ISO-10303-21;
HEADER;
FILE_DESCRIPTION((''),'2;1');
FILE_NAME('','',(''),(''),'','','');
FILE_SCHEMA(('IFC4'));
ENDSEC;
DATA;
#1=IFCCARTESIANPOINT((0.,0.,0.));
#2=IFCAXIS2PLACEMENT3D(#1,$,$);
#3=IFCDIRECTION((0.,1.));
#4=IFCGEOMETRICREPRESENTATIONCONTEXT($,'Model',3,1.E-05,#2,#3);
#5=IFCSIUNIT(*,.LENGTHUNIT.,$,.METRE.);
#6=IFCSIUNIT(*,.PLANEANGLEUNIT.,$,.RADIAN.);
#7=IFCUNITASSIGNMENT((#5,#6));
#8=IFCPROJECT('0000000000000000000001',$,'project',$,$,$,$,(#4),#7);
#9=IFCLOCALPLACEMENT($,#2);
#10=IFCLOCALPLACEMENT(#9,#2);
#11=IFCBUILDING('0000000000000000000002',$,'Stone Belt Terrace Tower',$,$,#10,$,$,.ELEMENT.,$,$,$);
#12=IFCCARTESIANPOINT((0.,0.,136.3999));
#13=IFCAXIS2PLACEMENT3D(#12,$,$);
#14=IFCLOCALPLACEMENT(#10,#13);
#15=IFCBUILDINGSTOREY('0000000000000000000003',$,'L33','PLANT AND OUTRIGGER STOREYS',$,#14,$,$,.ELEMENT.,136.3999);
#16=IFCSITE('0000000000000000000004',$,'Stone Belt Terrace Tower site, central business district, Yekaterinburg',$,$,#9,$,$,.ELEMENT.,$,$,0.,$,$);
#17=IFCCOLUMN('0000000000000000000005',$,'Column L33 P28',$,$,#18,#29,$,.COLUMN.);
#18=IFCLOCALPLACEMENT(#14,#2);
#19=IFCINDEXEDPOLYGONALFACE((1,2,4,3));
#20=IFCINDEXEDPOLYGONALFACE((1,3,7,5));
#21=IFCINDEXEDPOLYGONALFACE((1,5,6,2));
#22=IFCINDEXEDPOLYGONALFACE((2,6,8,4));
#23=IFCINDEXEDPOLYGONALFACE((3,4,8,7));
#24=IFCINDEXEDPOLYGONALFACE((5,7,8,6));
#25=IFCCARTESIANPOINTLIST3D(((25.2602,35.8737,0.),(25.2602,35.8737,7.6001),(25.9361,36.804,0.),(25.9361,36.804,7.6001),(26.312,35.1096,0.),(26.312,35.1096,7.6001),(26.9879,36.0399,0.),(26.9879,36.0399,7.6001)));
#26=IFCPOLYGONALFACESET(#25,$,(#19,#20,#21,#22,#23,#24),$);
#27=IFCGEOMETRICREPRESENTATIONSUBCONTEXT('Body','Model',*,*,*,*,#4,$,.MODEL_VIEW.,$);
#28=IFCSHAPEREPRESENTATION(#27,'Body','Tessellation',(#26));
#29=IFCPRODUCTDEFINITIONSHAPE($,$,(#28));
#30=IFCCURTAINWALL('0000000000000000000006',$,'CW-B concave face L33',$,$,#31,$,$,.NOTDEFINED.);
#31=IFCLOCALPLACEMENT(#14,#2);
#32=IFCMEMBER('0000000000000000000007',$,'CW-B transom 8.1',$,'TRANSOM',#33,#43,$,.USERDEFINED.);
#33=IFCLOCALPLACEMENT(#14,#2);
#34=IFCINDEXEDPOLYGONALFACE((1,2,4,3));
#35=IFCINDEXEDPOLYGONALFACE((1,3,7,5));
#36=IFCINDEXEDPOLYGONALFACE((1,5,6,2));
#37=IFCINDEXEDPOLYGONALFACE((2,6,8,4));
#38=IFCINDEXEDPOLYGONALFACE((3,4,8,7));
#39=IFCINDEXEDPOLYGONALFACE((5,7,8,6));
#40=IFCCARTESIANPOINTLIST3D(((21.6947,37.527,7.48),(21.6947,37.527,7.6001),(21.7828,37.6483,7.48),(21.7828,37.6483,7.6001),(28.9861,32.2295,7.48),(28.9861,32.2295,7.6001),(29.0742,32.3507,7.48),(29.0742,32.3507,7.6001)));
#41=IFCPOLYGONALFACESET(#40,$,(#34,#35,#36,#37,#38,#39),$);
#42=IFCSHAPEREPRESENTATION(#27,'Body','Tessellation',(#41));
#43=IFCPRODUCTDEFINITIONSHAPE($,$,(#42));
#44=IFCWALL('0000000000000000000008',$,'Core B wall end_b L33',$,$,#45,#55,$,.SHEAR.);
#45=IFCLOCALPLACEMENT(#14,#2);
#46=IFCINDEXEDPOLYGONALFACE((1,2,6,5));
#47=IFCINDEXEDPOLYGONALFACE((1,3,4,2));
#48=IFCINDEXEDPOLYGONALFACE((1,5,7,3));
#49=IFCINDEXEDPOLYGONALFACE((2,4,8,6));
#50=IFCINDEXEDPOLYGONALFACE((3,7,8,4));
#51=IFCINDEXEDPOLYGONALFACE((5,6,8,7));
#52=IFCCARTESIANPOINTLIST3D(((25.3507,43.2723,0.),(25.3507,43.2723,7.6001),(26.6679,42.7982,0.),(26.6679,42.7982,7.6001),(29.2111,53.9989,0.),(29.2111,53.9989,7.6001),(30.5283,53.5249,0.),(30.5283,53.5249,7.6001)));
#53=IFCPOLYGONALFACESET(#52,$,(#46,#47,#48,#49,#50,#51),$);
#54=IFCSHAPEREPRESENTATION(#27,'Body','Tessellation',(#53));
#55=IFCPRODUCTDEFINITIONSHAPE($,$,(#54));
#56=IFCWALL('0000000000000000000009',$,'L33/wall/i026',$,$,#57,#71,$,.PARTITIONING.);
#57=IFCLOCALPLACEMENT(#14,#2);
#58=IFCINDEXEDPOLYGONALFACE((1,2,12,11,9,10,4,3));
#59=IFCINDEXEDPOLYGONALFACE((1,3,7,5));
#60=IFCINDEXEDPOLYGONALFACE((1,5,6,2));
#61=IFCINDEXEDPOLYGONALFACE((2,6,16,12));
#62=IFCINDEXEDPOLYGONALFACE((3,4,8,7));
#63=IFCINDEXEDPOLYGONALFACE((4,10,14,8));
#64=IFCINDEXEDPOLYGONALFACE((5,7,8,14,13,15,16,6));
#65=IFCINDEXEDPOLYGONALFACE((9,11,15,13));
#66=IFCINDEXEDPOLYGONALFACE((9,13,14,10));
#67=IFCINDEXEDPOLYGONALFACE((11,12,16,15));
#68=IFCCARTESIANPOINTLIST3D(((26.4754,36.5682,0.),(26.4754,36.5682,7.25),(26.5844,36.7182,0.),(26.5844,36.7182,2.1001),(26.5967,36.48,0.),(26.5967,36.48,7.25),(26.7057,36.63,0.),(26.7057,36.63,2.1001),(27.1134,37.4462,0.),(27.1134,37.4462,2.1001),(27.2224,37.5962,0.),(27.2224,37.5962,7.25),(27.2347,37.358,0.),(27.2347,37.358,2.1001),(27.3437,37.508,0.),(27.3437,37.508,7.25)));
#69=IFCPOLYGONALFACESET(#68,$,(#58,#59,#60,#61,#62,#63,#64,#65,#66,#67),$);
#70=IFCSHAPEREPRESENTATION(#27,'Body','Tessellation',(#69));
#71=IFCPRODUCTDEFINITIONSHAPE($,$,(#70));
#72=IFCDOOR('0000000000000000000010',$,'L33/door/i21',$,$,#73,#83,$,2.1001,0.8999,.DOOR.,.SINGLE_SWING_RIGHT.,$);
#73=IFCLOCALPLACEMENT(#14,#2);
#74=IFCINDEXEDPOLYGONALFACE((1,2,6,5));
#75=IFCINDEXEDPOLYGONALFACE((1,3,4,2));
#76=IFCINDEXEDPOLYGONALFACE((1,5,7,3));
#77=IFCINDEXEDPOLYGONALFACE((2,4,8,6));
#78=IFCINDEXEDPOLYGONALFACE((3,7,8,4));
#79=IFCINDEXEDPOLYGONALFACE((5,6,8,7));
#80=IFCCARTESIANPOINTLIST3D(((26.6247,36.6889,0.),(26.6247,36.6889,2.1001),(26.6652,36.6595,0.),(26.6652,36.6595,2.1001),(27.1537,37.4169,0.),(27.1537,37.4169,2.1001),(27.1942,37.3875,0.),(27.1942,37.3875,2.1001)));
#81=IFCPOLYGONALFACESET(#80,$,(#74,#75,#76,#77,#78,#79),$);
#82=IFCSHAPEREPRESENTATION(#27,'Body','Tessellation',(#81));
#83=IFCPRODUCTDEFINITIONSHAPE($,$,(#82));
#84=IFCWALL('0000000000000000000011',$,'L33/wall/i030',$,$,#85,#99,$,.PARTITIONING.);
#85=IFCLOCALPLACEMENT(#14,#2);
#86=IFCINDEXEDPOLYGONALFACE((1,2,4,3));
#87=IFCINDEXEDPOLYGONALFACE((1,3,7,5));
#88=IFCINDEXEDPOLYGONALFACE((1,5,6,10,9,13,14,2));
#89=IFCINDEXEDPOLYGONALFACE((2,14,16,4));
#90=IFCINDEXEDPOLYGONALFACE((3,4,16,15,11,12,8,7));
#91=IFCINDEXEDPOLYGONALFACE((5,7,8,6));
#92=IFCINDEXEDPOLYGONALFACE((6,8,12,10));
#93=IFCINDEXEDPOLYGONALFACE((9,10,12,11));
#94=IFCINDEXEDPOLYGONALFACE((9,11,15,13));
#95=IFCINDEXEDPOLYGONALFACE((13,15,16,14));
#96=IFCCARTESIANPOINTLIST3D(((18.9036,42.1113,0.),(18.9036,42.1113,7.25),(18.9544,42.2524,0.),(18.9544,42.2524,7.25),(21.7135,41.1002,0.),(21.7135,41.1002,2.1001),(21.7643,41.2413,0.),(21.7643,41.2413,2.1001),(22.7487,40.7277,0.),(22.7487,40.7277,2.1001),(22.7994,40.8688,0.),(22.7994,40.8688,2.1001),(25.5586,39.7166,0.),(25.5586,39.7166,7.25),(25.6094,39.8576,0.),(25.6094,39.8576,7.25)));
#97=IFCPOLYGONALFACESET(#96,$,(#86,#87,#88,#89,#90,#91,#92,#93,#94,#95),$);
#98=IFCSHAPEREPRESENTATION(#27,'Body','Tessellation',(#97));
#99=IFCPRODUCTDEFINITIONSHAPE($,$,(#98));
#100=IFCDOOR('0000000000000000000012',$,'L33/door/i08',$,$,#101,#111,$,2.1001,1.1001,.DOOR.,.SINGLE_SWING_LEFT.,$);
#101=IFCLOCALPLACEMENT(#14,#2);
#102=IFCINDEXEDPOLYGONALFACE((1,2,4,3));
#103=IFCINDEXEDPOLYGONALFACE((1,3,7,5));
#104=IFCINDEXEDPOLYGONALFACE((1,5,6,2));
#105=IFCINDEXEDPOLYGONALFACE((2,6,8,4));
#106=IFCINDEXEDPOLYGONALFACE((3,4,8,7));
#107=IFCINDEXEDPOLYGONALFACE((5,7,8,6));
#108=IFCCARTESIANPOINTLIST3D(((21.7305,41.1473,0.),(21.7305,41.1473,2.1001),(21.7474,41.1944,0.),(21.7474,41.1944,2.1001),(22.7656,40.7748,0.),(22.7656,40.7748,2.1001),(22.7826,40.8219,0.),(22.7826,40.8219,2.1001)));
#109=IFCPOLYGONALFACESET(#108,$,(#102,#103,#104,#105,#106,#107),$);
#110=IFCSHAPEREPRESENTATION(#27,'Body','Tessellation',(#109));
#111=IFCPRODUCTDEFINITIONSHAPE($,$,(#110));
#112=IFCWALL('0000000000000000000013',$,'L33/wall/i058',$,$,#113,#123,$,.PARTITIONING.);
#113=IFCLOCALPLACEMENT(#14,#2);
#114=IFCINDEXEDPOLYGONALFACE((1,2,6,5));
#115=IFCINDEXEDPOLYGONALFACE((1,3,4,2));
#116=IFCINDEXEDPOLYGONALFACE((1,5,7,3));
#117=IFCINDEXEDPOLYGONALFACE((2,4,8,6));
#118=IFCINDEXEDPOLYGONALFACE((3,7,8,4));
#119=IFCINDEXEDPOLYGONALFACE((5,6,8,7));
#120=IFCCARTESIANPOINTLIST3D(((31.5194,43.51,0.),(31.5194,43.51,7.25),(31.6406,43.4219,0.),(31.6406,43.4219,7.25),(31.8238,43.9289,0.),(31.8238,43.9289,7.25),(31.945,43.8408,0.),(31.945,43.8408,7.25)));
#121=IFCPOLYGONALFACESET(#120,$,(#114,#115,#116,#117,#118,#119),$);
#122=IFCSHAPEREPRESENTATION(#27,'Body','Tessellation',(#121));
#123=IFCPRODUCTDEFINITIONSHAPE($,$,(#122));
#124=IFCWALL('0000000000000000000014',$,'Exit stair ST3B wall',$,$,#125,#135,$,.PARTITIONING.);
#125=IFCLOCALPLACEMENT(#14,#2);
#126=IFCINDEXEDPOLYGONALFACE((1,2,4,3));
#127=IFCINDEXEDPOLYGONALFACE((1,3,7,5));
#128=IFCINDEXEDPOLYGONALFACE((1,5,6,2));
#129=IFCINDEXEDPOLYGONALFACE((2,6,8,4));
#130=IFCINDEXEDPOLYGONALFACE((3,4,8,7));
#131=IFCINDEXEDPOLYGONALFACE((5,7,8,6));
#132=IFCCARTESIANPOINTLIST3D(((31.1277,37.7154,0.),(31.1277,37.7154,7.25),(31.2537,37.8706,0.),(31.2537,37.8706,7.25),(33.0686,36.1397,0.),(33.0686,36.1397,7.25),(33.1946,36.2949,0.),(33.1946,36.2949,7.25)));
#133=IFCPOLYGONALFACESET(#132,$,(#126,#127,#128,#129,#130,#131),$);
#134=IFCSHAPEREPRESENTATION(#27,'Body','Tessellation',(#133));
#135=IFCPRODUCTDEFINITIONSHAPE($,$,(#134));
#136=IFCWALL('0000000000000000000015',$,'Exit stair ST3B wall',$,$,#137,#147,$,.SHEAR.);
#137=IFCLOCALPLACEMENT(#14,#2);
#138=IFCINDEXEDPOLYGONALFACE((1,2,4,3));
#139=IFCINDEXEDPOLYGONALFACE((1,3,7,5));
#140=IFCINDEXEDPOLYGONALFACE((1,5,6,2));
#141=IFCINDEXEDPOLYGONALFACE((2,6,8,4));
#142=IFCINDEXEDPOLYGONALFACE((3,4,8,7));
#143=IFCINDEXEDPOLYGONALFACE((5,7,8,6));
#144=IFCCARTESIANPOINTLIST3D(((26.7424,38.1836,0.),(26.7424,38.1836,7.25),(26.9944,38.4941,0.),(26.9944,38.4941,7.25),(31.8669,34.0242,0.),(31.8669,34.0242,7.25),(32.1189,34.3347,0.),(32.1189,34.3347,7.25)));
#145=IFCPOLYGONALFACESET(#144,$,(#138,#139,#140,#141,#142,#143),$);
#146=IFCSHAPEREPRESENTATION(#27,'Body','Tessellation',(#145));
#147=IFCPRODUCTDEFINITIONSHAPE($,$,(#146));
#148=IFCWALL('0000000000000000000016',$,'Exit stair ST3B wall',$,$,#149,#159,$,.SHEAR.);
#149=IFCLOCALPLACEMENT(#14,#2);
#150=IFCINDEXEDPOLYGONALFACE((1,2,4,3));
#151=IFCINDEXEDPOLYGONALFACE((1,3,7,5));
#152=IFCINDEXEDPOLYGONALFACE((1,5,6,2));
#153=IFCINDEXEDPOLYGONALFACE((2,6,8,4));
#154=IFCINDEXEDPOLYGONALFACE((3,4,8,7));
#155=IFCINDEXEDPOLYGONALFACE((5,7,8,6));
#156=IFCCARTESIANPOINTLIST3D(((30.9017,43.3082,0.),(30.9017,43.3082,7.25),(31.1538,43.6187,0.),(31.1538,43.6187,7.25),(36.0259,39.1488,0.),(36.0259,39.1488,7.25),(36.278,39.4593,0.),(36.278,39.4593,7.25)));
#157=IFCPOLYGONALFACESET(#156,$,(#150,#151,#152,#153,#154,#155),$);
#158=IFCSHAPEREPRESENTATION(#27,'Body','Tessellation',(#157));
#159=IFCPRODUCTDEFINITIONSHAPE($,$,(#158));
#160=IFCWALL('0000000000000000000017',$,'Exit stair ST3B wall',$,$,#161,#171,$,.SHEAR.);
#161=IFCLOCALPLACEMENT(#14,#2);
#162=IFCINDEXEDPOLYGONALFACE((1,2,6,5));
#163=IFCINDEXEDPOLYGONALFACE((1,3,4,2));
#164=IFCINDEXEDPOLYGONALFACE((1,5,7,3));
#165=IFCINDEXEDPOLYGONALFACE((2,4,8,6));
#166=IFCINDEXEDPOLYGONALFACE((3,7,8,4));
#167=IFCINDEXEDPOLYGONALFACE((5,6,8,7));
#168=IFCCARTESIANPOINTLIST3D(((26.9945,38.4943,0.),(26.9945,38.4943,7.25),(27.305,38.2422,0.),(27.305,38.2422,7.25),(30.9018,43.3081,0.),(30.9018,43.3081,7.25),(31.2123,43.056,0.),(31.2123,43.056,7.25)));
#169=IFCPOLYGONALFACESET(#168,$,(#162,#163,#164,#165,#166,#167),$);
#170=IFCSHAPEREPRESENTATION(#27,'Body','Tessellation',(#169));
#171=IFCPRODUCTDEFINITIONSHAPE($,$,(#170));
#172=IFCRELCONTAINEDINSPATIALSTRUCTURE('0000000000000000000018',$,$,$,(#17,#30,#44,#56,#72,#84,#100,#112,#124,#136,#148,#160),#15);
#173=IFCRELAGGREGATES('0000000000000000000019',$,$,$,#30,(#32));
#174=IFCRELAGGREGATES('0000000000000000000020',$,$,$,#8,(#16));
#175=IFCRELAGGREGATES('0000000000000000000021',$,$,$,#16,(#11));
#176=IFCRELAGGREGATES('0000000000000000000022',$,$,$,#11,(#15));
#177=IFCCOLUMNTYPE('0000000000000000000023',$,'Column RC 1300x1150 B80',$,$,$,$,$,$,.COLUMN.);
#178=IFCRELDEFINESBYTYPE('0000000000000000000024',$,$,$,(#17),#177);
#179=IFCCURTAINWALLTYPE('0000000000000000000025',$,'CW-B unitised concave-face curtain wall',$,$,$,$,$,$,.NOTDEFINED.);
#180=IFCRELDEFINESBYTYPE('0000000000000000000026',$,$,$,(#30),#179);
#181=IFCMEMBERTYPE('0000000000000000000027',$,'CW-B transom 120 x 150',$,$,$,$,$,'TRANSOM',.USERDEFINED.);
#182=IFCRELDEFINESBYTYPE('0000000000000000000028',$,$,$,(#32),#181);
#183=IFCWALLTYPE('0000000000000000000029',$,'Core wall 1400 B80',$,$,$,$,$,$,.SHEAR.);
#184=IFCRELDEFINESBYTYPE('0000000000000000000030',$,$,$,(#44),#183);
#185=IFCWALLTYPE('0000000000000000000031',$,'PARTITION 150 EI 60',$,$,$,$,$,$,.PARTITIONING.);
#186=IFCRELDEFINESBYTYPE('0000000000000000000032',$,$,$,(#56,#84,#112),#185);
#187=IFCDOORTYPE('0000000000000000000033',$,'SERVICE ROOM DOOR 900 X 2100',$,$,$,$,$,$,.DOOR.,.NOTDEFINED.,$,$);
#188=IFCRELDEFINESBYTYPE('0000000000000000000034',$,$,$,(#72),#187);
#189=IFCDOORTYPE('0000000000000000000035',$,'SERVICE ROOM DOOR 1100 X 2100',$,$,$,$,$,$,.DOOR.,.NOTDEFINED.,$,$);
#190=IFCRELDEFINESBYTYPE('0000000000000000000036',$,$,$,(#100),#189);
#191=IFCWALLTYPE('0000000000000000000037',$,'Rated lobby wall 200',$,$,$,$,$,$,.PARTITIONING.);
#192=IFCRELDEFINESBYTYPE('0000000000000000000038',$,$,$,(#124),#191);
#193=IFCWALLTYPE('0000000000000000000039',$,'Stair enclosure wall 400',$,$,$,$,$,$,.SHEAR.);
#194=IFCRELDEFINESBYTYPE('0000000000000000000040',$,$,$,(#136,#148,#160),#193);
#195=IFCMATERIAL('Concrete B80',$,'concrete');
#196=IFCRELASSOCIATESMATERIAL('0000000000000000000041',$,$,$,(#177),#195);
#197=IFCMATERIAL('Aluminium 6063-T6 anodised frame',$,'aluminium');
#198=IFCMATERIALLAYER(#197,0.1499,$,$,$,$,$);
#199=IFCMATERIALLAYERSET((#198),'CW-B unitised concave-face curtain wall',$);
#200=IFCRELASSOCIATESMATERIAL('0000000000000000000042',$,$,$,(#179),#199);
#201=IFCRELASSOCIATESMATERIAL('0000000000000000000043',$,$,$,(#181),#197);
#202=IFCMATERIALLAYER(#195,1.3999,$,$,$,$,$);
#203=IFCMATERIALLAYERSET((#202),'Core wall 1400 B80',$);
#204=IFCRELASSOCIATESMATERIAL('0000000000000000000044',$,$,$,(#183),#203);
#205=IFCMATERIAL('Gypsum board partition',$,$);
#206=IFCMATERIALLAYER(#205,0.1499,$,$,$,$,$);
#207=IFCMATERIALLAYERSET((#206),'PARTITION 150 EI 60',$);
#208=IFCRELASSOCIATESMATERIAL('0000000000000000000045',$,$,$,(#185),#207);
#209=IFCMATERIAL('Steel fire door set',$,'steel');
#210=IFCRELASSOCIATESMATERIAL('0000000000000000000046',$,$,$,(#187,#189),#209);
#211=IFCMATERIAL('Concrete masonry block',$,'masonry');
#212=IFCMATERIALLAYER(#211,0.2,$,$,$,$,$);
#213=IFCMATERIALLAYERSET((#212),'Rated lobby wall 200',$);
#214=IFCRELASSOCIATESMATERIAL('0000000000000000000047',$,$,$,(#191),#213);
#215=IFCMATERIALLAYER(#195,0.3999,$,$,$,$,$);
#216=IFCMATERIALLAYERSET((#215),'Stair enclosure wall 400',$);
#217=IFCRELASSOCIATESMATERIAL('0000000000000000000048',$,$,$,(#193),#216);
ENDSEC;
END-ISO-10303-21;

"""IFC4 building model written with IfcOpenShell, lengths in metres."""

from ifc_helpers import new_model, si_unit, direction, frame, frame_2d, origin, origin_2d, place, context, subcontext, project, spatial, rectangle, extrude, material, layer, layer_set, material_profile, profile_set, type_object, element, fill, aggregate, save


model = new_model("IFC4")

# Units and contexts
model_context = context("Model", 3, precision=1e-05, world=origin(), true_north=direction((0.0, 1.0)))
body_context = subcontext(model_context, "Body", "Model", "MODEL_VIEW")
ifc_project = project(units=[si_unit("LENGTHUNIT", "METRE"), si_unit("PLANEANGLEUNIT", "RADIAN")], contexts=[model_context])

# Site, building, storey
site_placement = place(None, origin())
site = spatial("IfcSite", under=ifc_project, at=site_placement, Name="Stone Belt Terrace Tower site, central business district, Yekaterinburg", CompositionType="ELEMENT", RefElevation=0.0)
building_placement = place(site_placement, origin())
building = spatial("IfcBuilding", under=site, at=building_placement, Name="Stone Belt Terrace Tower", CompositionType="ELEMENT")
storey_placement = place(building_placement, frame((0.0, 0.0, 136.3999)))
storey = spatial("IfcBuildingStorey", under=building, at=storey_placement, Name="L33", Description="PLANT AND OUTRIGGER STOREYS", CompositionType="ELEMENT", Elevation=136.3999)

# Column
ifc_material_1 = material(Name="Concrete B80", Category="concrete")
ifc_material_profile_1 = material_profile(ifc_material_1, rectangle(XDim=1.3, YDim=1.1499, at=origin_2d()), Name="RC 1300x1150")
ifc_profile_set_1 = profile_set([ifc_material_profile_1], Name="Concrete B80")
column_type = type_object("IfcColumnType", Name="Column RC 1300x1150 B80", PredefinedType="COLUMN", material=ifc_profile_set_1)
column_placement = place(storey_placement, frame((26.124, 35.9568, 0.0), z_axis=(0.0, 0.0, 1.0), x_axis=(0.809017, -0.587785, 0.0)))
element("IfcColumn", 1, at=column_placement, inside=storey, type_object=column_type, Name="Column L33 P28", PredefinedType="COLUMN", context=body_context, shape_type="SweptSolid", body=[
    extrude(rectangle(XDim=1.3, YDim=1.1499, at=origin_2d()), origin(), (0.0, 0.0, 1.0), 7.6001),
])

# Curtain wall, member
ifc_material_2 = material(Name="Aluminium 6063-T6 anodised frame", Category="aluminium")
ifc_layer_1 = layer(ifc_material_2, 0.1499)
ifc_layer_set_1 = layer_set([ifc_layer_1], Name="CW-B unitised concave-face curtain wall")
curtain_wall_type = type_object("IfcCurtainWallType", Name="CW-B unitised concave-face curtain wall", PredefinedType="NOTDEFINED", material=ifc_layer_set_1)
curtain_wall_placement = place(storey_placement, origin())
curtain_wall = element("IfcCurtainWall", 2, at=curtain_wall_placement, inside=storey, type_object=curtain_wall_type, Name="CW-B concave face L33", PredefinedType="NOTDEFINED")
ifc_material_profile_2 = material_profile(ifc_material_2, rectangle(XDim=0.1499, YDim=0.1201, at=origin_2d()), Name="Aluminium 6063-T6 150x120")
ifc_profile_set_2 = profile_set([ifc_material_profile_2], Name="Aluminium 6063-T6 anodised frame")
member_type = type_object("IfcMemberType", Name="CW-B transom 120 x 150", ElementType="TRANSOM", PredefinedType="USERDEFINED", material=ifc_profile_set_2)
member_placement = place(storey_placement, frame((21.7388, 37.5876, 7.54), z_axis=(0.809016, -0.587787, 0.0), x_axis=(0.587787, 0.809016, 0.0)))
member = element("IfcMember", 3, at=member_placement, type_object=member_type, Name="CW-B transom 8.1", ObjectType="TRANSOM", PredefinedType="USERDEFINED", context=body_context, shape_type="SweptSolid", body=[
    extrude(rectangle(XDim=0.1499, YDim=0.1201, at=origin_2d()), origin(), (0.0, 0.0, 1.0), 9.0127),
])
aggregate(curtain_wall, [member])

# Wall
ifc_layer_2 = layer(ifc_material_1, 1.3999)
ifc_layer_set_2 = layer_set([ifc_layer_2], Name="Core wall 1400 B80")
wall_type_1 = type_object("IfcWallType", Name="Core wall 1400 B80", PredefinedType="SHEAR", material=ifc_layer_set_2)
wall_1_placement = place(storey_placement, frame((26.0093, 43.0352, 0.0), z_axis=(0.0, 0.0, 1.0), x_axis=(0.338625, 0.940921, 0.0)))
element("IfcWall", 4, at=wall_1_placement, inside=storey, type_object=wall_type_1, Name="Core B wall end_b L33", PredefinedType="SHEAR", context=body_context, shape_type="SweptSolid", body=[
    extrude(rectangle(XDim=11.4001, YDim=1.3999, at=frame_2d((5.7002, 0.0))), origin(), (0.0, 0.0, 1.0), 7.6001),
])

# Walls, openings, doors
ifc_material_3 = material(Name="Gypsum board partition")
ifc_layer_3 = layer(ifc_material_3, 0.1499)
ifc_layer_set_3 = layer_set([ifc_layer_3], Name="PARTITION 150 EI 60")
wall_type_2 = type_object("IfcWallType", Name="PARTITION 150 EI 60", PredefinedType="PARTITIONING", material=ifc_layer_set_3)
wall_2_placement = place(storey_placement, frame((27.283, 37.552, 0.0), z_axis=(0.0, 0.0, 1.0), x_axis=(-0.587852, -0.808969, 0.0)))
wall_2 = element("IfcWall", 5, at=wall_2_placement, inside=storey, type_object=wall_type_2, Name="L33/wall/i026", PredefinedType="PARTITIONING", context=body_context, shape_type="SweptSolid", body=[
    extrude(rectangle(XDim=1.2708, YDim=0.1499, at=frame_2d((0.6353, 0.0))), origin(), (0.0, 0.0, 1.0), 7.25),
])
opening_1_placement = place(wall_2_placement, frame((0.1853, 0.0, 0.0)))
opening_1 = element("IfcOpeningElement", 6, at=opening_1_placement, cuts=wall_2, PredefinedType="OPENING", context=body_context, shape_type="SweptSolid", body=[
    extrude(rectangle(XDim=0.8999, YDim=2.1001, at=frame_2d((0.45, 1.05))), frame((0.0, 0.085, 0.0), z_axis=(0.0, -1.0, 0.0), x_axis=(1.0, 0.0, 0.0)), (0.0, 0.0, 1.0), 0.1699),
])
ifc_material_4 = material(Name="Steel fire door set", Category="steel")
door_type_1 = type_object("IfcDoorType", Name="SERVICE ROOM DOOR 900 X 2100", OperationType="NOTDEFINED", PredefinedType="DOOR", material=ifc_material_4)
door_1_placement = place(opening_1_placement, origin())
door_1 = element("IfcDoor", 7, at=door_1_placement, inside=storey, type_object=door_type_1, Name="L33/door/i21", OperationType="SINGLE_SWING_RIGHT", OverallHeight=2.1001, OverallWidth=0.8999, PredefinedType="DOOR", context=body_context, shape_type="SweptSolid", body=[
    extrude(rectangle(XDim=0.8999, YDim=2.1001, at=frame_2d((0.45, 1.05))), frame((0.0, 0.0249, 0.0), z_axis=(0.0, -1.0, 0.0), x_axis=(1.0, 0.0, 0.0)), (0.0, 0.0, 1.0), 0.05),
])
fill(opening_1, door_1)
wall_3_placement = place(storey_placement, frame((25.584, 39.7871, 0.0), z_axis=(0.0, 0.0, 1.0), x_axis=(-0.940934, 0.33859, 0.0)))
wall_3 = element("IfcWall", 8, at=wall_3_placement, inside=storey, type_object=wall_type_2, Name="L33/wall/i030", PredefinedType="PARTITIONING", context=body_context, shape_type="SweptSolid", body=[
    extrude(rectangle(XDim=7.0728, YDim=0.1499, at=frame_2d((3.5364, 0.0))), origin(), (0.0, 0.0, 1.0), 7.25),
])
opening_2_placement = place(wall_3_placement, frame((2.9863, 0.0, 0.0)))
opening_2 = element("IfcOpeningElement", 9, at=opening_2_placement, cuts=wall_3, PredefinedType="OPENING", context=body_context, shape_type="SweptSolid", body=[
    extrude(rectangle(XDim=1.1001, YDim=2.1001, at=frame_2d((0.55, 1.05))), frame((0.0, 0.085, 0.0), z_axis=(0.0, -1.0, 0.0), x_axis=(1.0, 0.0, 0.0)), (0.0, 0.0, 1.0), 0.1699),
])
door_type_2 = type_object("IfcDoorType", Name="SERVICE ROOM DOOR 1100 X 2100", OperationType="NOTDEFINED", PredefinedType="DOOR", material=ifc_material_4)
door_2_placement = place(opening_2_placement, origin())
door_2 = element("IfcDoor", 10, at=door_2_placement, inside=storey, type_object=door_type_2, Name="L33/door/i08", OperationType="SINGLE_SWING_LEFT", OverallHeight=2.1001, OverallWidth=1.1001, PredefinedType="DOOR", context=body_context, shape_type="SweptSolid", body=[
    extrude(rectangle(XDim=1.1001, YDim=2.1001, at=frame_2d((0.55, 1.05))), frame((0.0, 0.0249, 0.0), z_axis=(0.0, -1.0, 0.0), x_axis=(1.0, 0.0, 0.0)), (0.0, 0.0, 1.0), 0.05),
])
fill(opening_2, door_2)

# Walls
wall_4_placement = place(storey_placement, frame((31.5801, 43.4661, 0.0), z_axis=(0.0, 0.0, 1.0), x_axis=(0.587863, 0.80896, 0.0)))
element("IfcWall", 11, at=wall_4_placement, inside=storey, type_object=wall_type_2, Name="L33/wall/i058", PredefinedType="PARTITIONING", context=body_context, shape_type="SweptSolid", body=[
    extrude(rectangle(XDim=0.5178, YDim=0.1499, at=frame_2d((0.2588, 0.0))), origin(), (0.0, 0.0, 1.0), 7.25),
])
ifc_material_5 = material(Name="Concrete masonry block", Category="masonry")
ifc_layer_4 = layer(ifc_material_5, 0.2)
ifc_layer_set_4 = layer_set([ifc_layer_4], Name="Rated lobby wall 200")
wall_type_3 = type_object("IfcWallType", Name="Rated lobby wall 200", PredefinedType="PARTITIONING", material=ifc_layer_set_4)
wall_5_placement = place(storey_placement, frame((31.1907, 37.793, 0.0), z_axis=(0.0, 0.0, 1.0), x_axis=(0.776371, -0.630276, 0.0)))
element("IfcWall", 12, at=wall_5_placement, inside=storey, type_object=wall_type_3, Name="Exit stair ST3B wall", PredefinedType="PARTITIONING", context=body_context, shape_type="SweptSolid", body=[
    extrude(rectangle(XDim=2.5, YDim=0.2, at=frame_2d((1.25, 0.0))), origin(), (0.0, 0.0, 1.0), 7.25),
])
ifc_layer_5 = layer(ifc_material_1, 0.3999)
ifc_layer_set_5 = layer_set([ifc_layer_5], Name="Stair enclosure wall 400")
wall_type_4 = type_object("IfcWallType", Name="Stair enclosure wall 400", PredefinedType="SHEAR", material=ifc_layer_set_5)
wall_6_placement = place(storey_placement, frame((26.8684, 38.3389, 0.0), z_axis=(0.0, 0.0, 1.0), x_axis=(0.776428, -0.630205, 0.0)))
element("IfcWall", 13, at=wall_6_placement, inside=storey, type_object=wall_type_4, Name="Exit stair ST3B wall", PredefinedType="SHEAR", context=body_context, shape_type="SweptSolid", body=[
    extrude(rectangle(XDim=6.6001, YDim=0.3999, at=frame_2d((3.3, 0.0))), origin(), (0.0, 0.0, 1.0), 7.25),
])
wall_7_placement = place(storey_placement, frame((31.0278, 43.4634, 0.0), z_axis=(0.0, 0.0, 1.0), x_axis=(0.776414, -0.630224, 0.0)))
element("IfcWall", 14, at=wall_7_placement, inside=storey, type_object=wall_type_4, Name="Exit stair ST3B wall", PredefinedType="SHEAR", context=body_context, shape_type="SweptSolid", body=[
    extrude(rectangle(XDim=6.5999, YDim=0.3999, at=frame_2d((3.2998, 0.0))), origin(), (0.0, 0.0, 1.0), 7.25),
])
wall_8_placement = place(storey_placement, frame((27.1497, 38.3682, 0.0), z_axis=(0.0, 0.0, 1.0), x_axis=(0.630212, 0.776423, 0.0)))
element("IfcWall", 15, at=wall_8_placement, inside=storey, type_object=wall_type_4, Name="Exit stair ST3B wall", PredefinedType="SHEAR", context=body_context, shape_type="SweptSolid", body=[
    extrude(rectangle(XDim=6.2, YDim=0.3999, at=frame_2d((3.1001, 0.0))), origin(), (0.0, 0.0, 1.0), 7.25),
])

save(model, "model.ifc")
